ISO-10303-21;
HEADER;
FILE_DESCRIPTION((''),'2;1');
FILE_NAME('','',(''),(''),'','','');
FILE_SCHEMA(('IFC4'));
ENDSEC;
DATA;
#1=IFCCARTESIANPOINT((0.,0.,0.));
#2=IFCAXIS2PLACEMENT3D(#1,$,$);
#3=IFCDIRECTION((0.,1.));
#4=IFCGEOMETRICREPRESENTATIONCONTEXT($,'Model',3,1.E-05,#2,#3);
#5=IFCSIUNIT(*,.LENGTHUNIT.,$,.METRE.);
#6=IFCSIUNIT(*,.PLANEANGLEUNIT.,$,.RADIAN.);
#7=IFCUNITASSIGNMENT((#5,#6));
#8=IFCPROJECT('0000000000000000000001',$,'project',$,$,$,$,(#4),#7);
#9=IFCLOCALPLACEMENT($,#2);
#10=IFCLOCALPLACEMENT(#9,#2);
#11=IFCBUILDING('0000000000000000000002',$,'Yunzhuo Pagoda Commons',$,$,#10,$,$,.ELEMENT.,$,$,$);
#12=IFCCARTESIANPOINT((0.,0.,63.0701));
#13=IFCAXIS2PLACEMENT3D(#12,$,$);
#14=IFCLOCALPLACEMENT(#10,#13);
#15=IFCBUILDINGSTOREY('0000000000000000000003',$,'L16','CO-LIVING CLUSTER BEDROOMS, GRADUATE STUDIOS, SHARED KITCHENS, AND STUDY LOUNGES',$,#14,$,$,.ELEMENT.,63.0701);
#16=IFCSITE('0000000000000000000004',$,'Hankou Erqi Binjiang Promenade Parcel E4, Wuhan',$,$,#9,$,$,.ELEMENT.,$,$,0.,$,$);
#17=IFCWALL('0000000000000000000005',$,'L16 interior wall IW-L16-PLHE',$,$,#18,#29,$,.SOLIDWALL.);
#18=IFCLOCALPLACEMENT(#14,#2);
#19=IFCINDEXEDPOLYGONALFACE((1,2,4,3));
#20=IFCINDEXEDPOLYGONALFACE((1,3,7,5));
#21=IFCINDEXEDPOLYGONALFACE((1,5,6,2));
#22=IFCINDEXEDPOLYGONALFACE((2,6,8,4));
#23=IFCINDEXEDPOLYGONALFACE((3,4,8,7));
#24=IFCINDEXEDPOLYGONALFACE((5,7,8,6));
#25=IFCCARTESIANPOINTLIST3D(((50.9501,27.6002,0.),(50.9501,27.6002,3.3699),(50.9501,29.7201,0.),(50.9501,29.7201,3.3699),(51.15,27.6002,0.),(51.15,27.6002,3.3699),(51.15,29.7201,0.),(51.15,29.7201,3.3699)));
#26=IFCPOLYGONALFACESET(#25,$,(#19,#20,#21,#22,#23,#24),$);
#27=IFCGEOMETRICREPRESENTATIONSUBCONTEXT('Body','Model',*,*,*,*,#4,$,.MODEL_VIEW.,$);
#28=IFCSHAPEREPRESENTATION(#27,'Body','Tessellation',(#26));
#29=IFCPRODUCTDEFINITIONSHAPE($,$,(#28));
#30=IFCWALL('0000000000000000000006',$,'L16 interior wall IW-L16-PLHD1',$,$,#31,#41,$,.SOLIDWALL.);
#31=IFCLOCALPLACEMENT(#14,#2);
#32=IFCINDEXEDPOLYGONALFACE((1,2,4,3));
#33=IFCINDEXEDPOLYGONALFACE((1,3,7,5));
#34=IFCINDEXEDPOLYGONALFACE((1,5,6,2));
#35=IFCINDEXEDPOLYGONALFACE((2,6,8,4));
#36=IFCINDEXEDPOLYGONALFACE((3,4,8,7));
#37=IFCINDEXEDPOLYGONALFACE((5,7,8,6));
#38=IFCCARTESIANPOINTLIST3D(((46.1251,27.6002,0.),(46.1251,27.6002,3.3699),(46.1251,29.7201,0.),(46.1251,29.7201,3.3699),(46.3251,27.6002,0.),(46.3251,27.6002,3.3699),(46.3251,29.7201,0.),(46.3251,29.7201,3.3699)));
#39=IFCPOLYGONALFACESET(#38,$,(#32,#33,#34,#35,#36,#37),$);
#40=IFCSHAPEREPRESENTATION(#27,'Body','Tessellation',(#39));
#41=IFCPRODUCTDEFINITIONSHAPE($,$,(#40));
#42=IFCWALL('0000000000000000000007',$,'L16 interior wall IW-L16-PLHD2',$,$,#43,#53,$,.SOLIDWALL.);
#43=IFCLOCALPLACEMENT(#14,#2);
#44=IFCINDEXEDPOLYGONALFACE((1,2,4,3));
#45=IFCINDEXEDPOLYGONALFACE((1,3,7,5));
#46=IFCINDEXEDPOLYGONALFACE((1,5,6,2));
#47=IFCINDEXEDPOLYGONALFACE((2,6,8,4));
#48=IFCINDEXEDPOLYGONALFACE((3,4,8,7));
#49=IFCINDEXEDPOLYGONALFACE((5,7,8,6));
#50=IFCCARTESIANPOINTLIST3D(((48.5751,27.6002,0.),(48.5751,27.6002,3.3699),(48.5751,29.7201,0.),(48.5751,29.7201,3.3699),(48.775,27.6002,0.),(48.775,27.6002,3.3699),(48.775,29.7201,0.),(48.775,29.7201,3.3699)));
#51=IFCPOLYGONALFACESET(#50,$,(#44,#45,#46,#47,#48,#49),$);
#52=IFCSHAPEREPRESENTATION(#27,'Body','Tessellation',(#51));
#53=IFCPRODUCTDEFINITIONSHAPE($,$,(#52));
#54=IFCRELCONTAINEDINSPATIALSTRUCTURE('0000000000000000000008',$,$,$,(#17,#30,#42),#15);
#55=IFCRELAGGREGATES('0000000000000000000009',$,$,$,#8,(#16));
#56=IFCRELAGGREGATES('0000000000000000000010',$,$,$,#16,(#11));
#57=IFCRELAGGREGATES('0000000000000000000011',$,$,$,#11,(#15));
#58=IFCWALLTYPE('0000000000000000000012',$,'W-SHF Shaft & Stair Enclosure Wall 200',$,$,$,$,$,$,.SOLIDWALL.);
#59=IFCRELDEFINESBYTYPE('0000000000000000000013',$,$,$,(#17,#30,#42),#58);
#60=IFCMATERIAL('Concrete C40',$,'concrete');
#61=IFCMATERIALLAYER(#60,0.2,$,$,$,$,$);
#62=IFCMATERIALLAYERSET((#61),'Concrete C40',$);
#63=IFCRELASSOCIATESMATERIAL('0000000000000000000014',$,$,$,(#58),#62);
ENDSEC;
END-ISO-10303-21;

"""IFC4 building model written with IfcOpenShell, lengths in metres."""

from ifc_helpers import new_model, si_unit, direction, frame, frame_2d, origin, place, context, subcontext, project, spatial, rectangle, extrude, material, layer, layer_set, type_object, element, save


model = new_model("IFC4")

# Units and contexts
model_context = context("Model", 3, precision=1e-05, world=origin(), true_north=direction((0.0, 1.0)))
body_context = subcontext(model_context, "Body", "Model", "MODEL_VIEW")
ifc_project = project(units=[si_unit("LENGTHUNIT", "METRE"), si_unit("PLANEANGLEUNIT", "RADIAN")], contexts=[model_context])

# Site, building, storey
site_placement = place(None, origin())
site = spatial("IfcSite", under=ifc_project, at=site_placement, Name="Hankou Erqi Binjiang Promenade Parcel E4, Wuhan", CompositionType="ELEMENT", RefElevation=0.0)
building_placement = place(site_placement, origin())
building = spatial("IfcBuilding", under=site, at=building_placement, Name="Yunzhuo Pagoda Commons", CompositionType="ELEMENT")
storey_placement = place(building_placement, frame((0.0, 0.0, 63.0701)))
storey = spatial("IfcBuildingStorey", under=building, at=storey_placement, Name="L16", Description="CO-LIVING CLUSTER BEDROOMS, GRADUATE STUDIOS, SHARED KITCHENS, AND STUDY LOUNGES", CompositionType="ELEMENT", Elevation=63.0701)

# Shared definitions
ifc_material_1 = material(Name="Concrete C40", Category="concrete")
ifc_layer_1 = layer(ifc_material_1, 0.2)
ifc_layer_set_1 = layer_set([ifc_layer_1], Name="Concrete C40")
wall_type_1 = type_object("IfcWallType", Name="W-SHF Shaft & Stair Enclosure Wall 200", PredefinedType="SOLIDWALL", material=ifc_layer_set_1)

# Walls
for number, where, z_axis, x_axis, name in (
    (1, (51.05, 27.6001, 0.0), (0.0, 0.0, 1.0), (0.0, 1.0, 0.0), "L16 interior wall IW-L16-PLHE"),
    (2, (46.2251, 27.6001, 0.0), (0.0, 0.0, 1.0), (0.0, 1.0, 0.0), "L16 interior wall IW-L16-PLHD1"),
    (3, (48.675, 27.6001, 0.0), (0.0, 0.0, 1.0), (0.0, 1.0, 0.0), "L16 interior wall IW-L16-PLHD2"),
):
    element("IfcWall", number, at=place(storey_placement, frame(where, z_axis=z_axis, x_axis=x_axis)), inside=storey, type_object=wall_type_1, Name=name, PredefinedType="SOLIDWALL", context=body_context, shape_type="SweptSolid", body=[
        extrude(rectangle(XDim=2.1199, YDim=0.2, at=frame_2d((1.0601, 0.0))), origin(), (0.0, 0.0, 1.0), 3.3699),
    ])

save(model, "model.ifc")
